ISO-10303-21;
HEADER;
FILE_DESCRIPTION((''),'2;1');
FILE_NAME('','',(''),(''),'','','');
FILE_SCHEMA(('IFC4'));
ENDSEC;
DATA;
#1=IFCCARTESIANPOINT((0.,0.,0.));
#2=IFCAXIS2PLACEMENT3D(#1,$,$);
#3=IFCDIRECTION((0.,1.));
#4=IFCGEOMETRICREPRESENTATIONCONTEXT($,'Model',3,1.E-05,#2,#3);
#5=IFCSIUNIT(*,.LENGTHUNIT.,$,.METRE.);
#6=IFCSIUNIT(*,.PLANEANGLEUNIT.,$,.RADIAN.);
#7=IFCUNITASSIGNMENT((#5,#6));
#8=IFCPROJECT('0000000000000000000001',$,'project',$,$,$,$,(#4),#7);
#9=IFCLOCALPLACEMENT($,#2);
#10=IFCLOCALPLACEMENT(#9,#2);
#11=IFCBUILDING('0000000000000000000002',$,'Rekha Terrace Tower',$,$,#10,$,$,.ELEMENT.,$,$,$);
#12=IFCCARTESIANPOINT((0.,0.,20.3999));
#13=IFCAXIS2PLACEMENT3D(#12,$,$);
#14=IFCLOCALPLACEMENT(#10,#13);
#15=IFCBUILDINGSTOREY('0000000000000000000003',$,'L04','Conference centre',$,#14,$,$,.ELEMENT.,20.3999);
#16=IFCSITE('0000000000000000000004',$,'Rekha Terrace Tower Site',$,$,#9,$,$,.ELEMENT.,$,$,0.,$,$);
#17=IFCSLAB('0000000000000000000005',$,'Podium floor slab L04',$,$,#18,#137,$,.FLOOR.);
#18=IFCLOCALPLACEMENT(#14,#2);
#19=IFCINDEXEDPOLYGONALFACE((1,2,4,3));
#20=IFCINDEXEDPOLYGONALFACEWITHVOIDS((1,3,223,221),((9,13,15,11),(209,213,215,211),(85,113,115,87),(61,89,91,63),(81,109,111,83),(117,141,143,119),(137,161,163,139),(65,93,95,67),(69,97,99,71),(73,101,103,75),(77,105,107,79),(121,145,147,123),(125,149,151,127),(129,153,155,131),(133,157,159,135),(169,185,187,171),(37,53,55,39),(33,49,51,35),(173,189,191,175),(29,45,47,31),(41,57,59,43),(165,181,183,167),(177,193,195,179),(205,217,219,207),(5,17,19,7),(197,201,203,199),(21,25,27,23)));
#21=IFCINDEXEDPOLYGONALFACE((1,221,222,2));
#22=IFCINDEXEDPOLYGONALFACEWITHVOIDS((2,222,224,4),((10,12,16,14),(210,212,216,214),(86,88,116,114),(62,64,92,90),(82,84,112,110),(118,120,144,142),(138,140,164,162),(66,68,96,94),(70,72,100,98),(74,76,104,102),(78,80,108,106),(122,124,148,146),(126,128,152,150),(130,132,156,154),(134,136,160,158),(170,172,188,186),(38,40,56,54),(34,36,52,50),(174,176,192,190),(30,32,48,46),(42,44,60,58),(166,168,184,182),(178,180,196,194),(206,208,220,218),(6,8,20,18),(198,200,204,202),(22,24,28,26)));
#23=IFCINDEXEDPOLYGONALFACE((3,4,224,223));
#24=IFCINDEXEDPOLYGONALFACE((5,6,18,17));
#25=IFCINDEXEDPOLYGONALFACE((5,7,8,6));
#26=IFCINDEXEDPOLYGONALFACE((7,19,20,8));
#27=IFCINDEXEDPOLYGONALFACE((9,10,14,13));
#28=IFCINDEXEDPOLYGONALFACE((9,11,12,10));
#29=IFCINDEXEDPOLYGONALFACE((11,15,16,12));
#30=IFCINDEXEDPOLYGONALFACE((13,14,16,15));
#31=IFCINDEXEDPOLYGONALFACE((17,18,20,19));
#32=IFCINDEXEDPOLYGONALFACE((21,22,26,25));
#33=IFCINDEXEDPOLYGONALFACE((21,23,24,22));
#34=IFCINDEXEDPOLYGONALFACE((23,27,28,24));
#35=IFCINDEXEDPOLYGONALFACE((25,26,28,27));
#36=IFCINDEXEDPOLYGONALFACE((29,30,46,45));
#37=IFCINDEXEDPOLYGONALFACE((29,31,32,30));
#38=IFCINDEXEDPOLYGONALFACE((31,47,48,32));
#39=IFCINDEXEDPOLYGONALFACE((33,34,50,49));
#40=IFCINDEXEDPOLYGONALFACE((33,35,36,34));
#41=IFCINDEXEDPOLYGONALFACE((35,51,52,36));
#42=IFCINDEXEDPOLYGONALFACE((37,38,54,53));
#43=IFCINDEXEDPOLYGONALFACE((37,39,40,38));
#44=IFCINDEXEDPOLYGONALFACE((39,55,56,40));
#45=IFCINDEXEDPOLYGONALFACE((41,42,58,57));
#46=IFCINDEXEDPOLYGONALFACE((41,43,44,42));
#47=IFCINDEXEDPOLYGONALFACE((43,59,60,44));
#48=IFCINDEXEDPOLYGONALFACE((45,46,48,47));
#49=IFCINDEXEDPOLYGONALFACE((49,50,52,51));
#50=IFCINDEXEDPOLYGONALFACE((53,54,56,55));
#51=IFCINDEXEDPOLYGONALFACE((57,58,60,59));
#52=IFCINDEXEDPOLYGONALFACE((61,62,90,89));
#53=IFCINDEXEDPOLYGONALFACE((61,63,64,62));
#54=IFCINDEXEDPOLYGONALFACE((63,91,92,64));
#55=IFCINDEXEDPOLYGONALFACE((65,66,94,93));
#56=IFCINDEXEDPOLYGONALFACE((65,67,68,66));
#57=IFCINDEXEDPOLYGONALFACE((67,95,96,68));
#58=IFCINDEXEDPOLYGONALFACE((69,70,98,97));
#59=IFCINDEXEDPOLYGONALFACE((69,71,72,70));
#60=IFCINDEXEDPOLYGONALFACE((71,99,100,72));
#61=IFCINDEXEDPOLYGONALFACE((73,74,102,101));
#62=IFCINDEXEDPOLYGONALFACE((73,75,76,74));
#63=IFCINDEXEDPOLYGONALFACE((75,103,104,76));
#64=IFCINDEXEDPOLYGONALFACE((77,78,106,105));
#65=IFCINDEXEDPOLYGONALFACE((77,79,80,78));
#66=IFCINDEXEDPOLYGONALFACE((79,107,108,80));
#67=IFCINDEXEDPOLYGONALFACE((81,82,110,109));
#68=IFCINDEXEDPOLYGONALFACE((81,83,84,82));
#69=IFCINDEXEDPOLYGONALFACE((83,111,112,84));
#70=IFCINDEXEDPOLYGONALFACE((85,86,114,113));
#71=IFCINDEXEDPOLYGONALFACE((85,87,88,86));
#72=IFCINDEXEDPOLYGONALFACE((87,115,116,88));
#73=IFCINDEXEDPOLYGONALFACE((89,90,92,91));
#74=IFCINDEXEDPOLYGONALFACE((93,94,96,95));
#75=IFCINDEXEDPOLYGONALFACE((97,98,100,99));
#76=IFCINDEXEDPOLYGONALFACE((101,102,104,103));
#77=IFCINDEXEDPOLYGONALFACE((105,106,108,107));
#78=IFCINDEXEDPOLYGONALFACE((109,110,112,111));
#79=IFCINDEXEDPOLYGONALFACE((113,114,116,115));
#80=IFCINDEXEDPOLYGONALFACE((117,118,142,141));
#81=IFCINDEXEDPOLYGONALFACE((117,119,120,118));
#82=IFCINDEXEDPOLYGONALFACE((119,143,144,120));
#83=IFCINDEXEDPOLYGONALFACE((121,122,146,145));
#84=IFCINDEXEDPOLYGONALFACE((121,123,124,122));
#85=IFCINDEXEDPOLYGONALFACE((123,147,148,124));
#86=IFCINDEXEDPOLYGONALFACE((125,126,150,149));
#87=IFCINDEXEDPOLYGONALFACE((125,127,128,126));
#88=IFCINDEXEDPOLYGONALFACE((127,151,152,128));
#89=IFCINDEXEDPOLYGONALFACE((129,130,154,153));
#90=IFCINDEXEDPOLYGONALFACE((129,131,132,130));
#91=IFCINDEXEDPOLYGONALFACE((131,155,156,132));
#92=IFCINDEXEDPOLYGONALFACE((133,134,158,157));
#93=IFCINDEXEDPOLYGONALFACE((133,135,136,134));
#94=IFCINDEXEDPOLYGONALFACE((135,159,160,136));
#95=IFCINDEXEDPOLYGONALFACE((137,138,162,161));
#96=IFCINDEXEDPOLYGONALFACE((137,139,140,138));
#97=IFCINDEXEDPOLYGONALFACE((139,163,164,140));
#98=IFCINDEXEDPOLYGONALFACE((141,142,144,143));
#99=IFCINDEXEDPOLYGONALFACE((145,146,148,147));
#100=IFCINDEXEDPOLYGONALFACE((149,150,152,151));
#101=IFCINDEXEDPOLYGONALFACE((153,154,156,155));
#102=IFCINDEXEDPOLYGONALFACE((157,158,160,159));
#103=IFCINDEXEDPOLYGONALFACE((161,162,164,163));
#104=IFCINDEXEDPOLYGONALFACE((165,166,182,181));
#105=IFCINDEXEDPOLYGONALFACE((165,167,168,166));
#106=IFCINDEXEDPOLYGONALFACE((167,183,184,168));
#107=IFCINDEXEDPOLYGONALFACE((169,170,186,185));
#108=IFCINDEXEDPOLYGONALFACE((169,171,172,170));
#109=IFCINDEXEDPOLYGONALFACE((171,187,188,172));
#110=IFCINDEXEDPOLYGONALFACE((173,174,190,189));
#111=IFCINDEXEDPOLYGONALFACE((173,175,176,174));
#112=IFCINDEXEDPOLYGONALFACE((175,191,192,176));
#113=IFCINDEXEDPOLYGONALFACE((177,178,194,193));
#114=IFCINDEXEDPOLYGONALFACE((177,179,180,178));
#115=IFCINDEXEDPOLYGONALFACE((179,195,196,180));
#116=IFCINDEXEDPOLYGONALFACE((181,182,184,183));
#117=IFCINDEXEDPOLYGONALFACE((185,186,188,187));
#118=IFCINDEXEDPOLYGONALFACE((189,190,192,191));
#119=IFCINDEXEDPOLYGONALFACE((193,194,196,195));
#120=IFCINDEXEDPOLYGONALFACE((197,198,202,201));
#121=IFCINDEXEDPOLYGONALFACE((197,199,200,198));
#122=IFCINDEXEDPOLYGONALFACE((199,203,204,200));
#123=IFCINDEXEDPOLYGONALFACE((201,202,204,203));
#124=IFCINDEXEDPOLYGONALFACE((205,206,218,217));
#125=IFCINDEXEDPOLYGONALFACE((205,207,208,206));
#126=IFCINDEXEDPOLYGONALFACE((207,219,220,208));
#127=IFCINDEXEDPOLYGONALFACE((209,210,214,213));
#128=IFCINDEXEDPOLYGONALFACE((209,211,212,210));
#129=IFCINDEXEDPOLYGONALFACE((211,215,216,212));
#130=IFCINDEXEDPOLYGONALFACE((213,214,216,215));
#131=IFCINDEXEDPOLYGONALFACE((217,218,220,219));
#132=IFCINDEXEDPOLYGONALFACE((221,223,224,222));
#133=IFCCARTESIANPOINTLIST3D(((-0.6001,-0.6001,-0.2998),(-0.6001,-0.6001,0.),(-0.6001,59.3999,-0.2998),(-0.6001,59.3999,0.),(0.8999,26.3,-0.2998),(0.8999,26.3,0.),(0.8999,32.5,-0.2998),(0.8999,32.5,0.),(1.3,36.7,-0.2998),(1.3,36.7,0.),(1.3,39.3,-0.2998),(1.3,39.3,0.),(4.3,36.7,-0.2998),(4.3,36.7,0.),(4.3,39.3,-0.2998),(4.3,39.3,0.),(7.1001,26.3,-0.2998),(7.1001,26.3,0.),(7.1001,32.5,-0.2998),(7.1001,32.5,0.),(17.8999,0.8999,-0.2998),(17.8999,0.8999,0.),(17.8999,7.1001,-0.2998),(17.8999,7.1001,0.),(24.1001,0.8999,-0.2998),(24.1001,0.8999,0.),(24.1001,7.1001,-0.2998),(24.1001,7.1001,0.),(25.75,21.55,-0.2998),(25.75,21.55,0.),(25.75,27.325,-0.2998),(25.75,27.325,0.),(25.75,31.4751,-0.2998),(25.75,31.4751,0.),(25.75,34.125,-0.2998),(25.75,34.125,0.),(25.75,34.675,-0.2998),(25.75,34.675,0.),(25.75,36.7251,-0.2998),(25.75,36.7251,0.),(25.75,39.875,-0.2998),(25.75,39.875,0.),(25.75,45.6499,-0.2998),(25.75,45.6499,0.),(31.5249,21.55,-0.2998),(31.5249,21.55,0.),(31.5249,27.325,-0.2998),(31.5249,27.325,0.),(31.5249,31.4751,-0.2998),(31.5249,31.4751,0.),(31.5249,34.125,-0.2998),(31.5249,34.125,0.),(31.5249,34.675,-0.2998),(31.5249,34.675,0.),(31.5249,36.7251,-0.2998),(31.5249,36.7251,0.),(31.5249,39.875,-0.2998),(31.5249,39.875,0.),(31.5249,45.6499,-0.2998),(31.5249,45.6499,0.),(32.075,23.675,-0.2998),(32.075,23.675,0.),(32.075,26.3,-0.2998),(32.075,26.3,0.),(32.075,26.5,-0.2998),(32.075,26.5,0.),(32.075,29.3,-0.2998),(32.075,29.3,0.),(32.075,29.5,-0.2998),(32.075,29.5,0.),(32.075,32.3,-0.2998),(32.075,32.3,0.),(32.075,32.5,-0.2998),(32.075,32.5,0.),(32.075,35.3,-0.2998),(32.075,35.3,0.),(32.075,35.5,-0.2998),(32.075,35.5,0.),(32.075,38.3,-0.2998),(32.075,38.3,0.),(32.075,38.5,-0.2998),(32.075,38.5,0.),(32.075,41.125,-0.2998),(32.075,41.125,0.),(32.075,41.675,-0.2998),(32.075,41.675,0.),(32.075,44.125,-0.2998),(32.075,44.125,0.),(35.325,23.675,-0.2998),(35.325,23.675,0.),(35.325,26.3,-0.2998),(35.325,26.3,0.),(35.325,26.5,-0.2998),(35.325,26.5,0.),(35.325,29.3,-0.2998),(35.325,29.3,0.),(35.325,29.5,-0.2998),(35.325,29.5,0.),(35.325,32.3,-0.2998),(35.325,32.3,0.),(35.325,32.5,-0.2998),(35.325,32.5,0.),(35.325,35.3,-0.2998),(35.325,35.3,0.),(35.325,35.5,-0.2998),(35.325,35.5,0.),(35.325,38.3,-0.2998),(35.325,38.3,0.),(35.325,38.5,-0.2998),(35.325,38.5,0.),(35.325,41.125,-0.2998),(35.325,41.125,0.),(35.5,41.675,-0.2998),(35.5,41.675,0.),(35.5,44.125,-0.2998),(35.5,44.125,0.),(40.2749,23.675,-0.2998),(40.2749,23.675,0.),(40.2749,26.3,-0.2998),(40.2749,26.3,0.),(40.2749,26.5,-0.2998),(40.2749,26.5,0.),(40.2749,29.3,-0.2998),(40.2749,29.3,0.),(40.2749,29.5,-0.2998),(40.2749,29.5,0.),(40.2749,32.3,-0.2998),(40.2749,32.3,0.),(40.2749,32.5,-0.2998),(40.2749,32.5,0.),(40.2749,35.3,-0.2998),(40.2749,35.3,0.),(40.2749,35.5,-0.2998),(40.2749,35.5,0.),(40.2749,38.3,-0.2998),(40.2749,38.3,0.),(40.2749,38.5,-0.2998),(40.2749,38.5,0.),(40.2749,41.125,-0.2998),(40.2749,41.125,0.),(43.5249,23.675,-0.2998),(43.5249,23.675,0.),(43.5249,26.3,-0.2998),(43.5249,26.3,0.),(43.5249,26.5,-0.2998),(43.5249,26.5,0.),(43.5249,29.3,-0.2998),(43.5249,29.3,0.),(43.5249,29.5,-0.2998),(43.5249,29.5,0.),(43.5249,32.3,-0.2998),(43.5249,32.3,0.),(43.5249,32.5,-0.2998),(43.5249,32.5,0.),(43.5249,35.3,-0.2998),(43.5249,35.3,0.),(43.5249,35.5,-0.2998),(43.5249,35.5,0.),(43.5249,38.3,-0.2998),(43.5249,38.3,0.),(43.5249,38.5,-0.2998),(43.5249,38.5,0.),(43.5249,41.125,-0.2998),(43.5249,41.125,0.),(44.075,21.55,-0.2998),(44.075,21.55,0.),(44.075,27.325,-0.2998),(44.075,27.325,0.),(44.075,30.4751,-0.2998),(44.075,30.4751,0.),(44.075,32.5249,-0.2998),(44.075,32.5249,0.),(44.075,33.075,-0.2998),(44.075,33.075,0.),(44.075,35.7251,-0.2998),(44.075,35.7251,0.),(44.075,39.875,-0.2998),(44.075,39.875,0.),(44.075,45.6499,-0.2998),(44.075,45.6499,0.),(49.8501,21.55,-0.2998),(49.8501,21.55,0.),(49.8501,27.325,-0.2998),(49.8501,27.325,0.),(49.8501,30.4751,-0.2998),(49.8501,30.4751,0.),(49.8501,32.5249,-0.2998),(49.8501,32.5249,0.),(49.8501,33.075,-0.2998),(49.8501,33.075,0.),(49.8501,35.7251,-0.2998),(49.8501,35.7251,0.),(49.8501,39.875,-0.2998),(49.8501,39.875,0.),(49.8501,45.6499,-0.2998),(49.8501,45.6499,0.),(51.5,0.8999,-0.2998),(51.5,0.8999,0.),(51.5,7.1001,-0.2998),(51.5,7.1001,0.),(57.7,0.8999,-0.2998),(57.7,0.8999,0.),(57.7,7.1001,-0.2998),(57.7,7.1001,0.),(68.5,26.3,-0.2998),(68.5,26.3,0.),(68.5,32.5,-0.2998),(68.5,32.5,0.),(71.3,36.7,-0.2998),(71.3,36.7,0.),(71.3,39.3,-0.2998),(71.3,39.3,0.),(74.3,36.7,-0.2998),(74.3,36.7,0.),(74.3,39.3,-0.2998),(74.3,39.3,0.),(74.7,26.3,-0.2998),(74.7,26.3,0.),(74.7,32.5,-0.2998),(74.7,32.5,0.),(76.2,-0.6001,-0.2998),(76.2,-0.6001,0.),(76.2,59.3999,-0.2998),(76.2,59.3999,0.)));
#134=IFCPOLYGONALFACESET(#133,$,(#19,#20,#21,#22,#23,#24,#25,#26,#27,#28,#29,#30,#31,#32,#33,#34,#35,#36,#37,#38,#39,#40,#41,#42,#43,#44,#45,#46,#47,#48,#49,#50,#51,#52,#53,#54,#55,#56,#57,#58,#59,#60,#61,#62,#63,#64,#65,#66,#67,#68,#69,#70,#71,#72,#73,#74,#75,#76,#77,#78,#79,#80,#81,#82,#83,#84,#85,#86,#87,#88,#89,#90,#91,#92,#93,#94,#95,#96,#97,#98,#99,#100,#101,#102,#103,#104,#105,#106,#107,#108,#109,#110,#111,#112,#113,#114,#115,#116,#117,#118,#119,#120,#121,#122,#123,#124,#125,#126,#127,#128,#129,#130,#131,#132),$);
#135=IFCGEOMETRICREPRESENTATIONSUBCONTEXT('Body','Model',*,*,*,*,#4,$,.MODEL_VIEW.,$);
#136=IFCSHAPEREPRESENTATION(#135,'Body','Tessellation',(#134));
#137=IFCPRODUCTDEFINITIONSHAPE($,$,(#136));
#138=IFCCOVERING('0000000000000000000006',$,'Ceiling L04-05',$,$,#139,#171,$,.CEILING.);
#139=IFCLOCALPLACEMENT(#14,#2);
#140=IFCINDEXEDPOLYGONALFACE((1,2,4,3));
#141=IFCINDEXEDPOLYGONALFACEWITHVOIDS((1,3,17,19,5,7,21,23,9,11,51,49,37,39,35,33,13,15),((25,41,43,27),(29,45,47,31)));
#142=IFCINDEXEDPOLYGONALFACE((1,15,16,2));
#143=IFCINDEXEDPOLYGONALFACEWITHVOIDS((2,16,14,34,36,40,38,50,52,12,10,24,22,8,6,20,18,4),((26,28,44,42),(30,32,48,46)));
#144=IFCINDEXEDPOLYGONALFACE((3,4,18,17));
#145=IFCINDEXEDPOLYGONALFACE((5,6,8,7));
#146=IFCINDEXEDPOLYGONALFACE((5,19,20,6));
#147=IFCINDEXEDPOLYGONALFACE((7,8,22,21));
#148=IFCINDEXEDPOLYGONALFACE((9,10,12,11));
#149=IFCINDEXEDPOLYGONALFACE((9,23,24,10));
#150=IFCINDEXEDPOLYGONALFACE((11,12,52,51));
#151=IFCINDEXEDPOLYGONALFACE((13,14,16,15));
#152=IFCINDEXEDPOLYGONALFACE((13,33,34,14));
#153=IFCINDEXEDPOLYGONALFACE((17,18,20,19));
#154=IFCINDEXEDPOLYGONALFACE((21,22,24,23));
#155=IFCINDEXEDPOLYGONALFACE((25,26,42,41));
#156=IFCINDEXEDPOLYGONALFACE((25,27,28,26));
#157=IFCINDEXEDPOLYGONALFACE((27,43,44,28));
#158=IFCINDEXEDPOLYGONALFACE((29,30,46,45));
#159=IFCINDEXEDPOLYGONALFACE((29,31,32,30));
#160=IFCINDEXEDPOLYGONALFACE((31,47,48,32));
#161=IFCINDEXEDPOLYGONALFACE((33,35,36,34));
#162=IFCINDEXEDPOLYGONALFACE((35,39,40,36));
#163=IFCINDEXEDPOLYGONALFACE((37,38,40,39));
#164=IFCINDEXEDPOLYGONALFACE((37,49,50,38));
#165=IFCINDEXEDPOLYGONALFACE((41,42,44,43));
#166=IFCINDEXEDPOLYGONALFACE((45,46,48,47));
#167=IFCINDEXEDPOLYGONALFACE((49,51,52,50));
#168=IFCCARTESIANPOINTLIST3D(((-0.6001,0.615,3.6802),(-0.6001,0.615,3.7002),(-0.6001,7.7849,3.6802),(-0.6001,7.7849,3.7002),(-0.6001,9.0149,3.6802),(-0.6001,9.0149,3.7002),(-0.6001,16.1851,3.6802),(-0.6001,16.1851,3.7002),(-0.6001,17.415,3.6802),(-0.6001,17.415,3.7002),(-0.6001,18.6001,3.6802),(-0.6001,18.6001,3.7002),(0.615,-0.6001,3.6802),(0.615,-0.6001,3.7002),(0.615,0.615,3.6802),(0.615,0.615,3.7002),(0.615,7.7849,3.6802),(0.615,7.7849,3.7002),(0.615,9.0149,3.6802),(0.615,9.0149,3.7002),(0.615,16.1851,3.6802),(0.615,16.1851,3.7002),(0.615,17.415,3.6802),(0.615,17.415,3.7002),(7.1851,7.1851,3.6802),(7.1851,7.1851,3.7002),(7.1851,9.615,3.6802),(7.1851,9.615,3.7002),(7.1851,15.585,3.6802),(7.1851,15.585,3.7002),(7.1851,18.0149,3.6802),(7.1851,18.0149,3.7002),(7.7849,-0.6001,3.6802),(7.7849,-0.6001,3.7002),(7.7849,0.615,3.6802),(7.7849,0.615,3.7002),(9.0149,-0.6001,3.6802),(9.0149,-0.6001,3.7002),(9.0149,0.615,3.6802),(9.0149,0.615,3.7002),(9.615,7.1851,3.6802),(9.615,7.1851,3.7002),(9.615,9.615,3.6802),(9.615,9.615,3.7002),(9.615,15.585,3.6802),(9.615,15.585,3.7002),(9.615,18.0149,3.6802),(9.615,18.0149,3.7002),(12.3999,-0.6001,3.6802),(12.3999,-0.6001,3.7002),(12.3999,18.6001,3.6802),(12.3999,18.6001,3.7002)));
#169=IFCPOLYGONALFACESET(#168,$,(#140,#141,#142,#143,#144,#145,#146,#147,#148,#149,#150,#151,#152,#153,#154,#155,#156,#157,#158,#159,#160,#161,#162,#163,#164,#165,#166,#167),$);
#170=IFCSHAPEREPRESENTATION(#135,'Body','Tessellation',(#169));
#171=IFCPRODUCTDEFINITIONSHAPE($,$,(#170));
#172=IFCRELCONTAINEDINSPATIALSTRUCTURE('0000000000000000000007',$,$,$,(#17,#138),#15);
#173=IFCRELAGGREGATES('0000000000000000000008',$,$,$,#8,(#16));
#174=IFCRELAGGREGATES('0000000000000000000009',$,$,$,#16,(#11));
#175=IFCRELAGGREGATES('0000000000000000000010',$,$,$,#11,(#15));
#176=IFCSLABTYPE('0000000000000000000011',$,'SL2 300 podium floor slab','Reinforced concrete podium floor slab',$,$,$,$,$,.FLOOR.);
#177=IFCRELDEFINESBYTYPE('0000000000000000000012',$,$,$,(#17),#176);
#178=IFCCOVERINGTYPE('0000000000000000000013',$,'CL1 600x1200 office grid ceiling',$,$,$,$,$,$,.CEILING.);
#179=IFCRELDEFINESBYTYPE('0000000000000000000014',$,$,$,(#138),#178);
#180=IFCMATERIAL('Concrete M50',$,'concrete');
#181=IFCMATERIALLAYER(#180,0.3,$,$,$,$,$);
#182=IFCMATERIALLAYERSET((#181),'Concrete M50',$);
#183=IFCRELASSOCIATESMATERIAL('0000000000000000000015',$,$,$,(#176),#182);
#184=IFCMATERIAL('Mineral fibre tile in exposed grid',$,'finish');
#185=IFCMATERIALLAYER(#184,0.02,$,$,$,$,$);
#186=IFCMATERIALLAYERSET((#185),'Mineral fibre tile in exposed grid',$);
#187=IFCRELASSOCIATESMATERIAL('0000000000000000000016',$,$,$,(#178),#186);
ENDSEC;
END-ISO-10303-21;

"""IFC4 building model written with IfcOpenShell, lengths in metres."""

from ifc_helpers import new_model, si_unit, direction, frame, origin, place, context, subcontext, project, spatial, polyline, outline, extrude, material, layer, layer_set, type_object, element, save


model = new_model("IFC4")

# Units and contexts
model_context = context("Model", 3, precision=1e-05, world=origin(), true_north=direction((0.0, 1.0)))
body_context = subcontext(model_context, "Body", "Model", "MODEL_VIEW")
ifc_project = project(units=[si_unit("LENGTHUNIT", "METRE"), si_unit("PLANEANGLEUNIT", "RADIAN")], contexts=[model_context])

# Site, building, storey
site_placement = place(None, origin())
site = spatial("IfcSite", under=ifc_project, at=site_placement, Name="Rekha Terrace Tower Site", CompositionType="ELEMENT", RefElevation=0.0)
building_placement = place(site_placement, origin())
building = spatial("IfcBuilding", under=site, at=building_placement, Name="Rekha Terrace Tower", CompositionType="ELEMENT")
storey_placement = place(building_placement, frame((0.0, 0.0, 20.3999)))
storey = spatial("IfcBuildingStorey", under=building, at=storey_placement, Name="L04", Description="Conference centre", CompositionType="ELEMENT", Elevation=20.3999)

# Slab
ifc_material_1 = material(Name="Concrete M50", Category="concrete")
ifc_layer_1 = layer(ifc_material_1, 0.3)
ifc_layer_set_1 = layer_set([ifc_layer_1], Name="Concrete M50")
slab_type_1 = type_object("IfcSlabType", Name="SL2 300 podium floor slab", Description="Reinforced concrete podium floor slab", PredefinedType="FLOOR", material=ifc_layer_set_1)
slab_1_placement = place(storey_placement, frame((0.0, 0.0, -0.2998)))
element("IfcSlab", 1, at=slab_1_placement, inside=storey, type_object=slab_type_1, Name="Podium floor slab L04", PredefinedType="FLOOR", context=body_context, shape_type="SweptSolid", body=[
    extrude(outline(polyline([(-0.6001, 59.3999), (-0.6001, -0.6001), (76.2, -0.6001), (76.2, 59.3999), (-0.6001, 59.3999)]), holes=[polyline([(24.1001, 7.1001), (24.1001, 0.8999), (17.8999, 0.8999), (17.8999, 7.1001), (24.1001, 7.1001)]), polyline([(31.5249, 21.55), (25.75, 21.55), (25.75, 27.325), (31.5249, 27.325), (31.5249, 21.55)]), polyline([(35.325, 23.675), (32.075, 23.675), (32.075, 26.3), (35.325, 26.3), (35.325, 23.675)]), polyline([(35.325, 29.3), (35.325, 26.5), (32.075, 26.5), (32.075, 29.3), (35.325, 29.3)]), polyline([(7.1001, 26.3), (0.8999, 26.3), (0.8999, 32.5), (7.1001, 32.5), (7.1001, 26.3)]), polyline([(35.325, 29.5), (32.075, 29.5), (32.075, 32.3), (35.325, 32.3), (35.325, 29.5)]), polyline([(31.5249, 34.125), (31.5249, 31.4751), (25.75, 31.4751), (25.75, 34.125), (31.5249, 34.125)]), polyline([(35.325, 32.5), (32.075, 32.5), (32.075, 35.3), (35.325, 35.3), (35.325, 32.5)]), polyline([(31.5249, 34.675), (25.75, 34.675), (25.75, 36.7251), (31.5249, 36.7251), (31.5249, 34.675)]), polyline([(35.325, 35.5), (32.075, 35.5), (32.075, 38.3), (35.325, 38.3), (35.325, 35.5)]), polyline([(4.3, 36.7), (1.3, 36.7), (1.3, 39.3), (4.3, 39.3), (4.3, 36.7)]), polyline([(35.325, 38.5), (32.075, 38.5), (32.075, 41.125), (35.325, 41.125), (35.325, 38.5)]), polyline([(31.5249, 39.875), (25.75, 39.875), (25.75, 45.6499), (31.5249, 45.6499), (31.5249, 39.875)]), polyline([(35.5, 44.125), (35.5, 41.675), (32.075, 41.675), (32.075, 44.125), (35.5, 44.125)]), polyline([(57.7, 0.8999), (51.5, 0.8999), (51.5, 7.1001), (57.7, 7.1001), (57.7, 0.8999)]), polyline([(49.8501, 21.55), (44.075, 21.55), (44.075, 27.325), (49.8501, 27.325), (49.8501, 21.55)]), polyline([(43.5249, 23.675), (40.2749, 23.675), (40.2749, 26.3), (43.5249, 26.3), (43.5249, 23.675)]), polyline([(43.5249, 26.5), (40.2749, 26.5), (40.2749, 29.3), (43.5249, 29.3), (43.5249, 26.5)]), polyline([(74.7, 26.3), (68.5, 26.3), (68.5, 32.5), (74.7, 32.5), (74.7, 26.3)]), polyline([(43.5249, 29.5), (40.2749, 29.5), (40.2749, 32.3), (43.5249, 32.3), (43.5249, 29.5)]), polyline([(49.8501, 32.5249), (49.8501, 30.4751), (44.075, 30.4751), (44.075, 32.5249), (49.8501, 32.5249)]), polyline([(43.5249, 32.5), (40.2749, 32.5), (40.2749, 35.3), (43.5249, 35.3), (43.5249, 32.5)]), polyline([(49.8501, 33.075), (44.075, 33.075), (44.075, 35.7251), (49.8501, 35.7251), (49.8501, 33.075)]), polyline([(43.5249, 35.5), (40.2749, 35.5), (40.2749, 38.3), (43.5249, 38.3), (43.5249, 35.5)]), polyline([(74.3, 36.7), (71.3, 36.7), (71.3, 39.3), (74.3, 39.3), (74.3, 36.7)]), polyline([(43.5249, 38.5), (40.2749, 38.5), (40.2749, 41.125), (43.5249, 41.125), (43.5249, 38.5)]), polyline([(49.8501, 39.875), (44.075, 39.875), (44.075, 45.6499), (49.8501, 45.6499), (49.8501, 39.875)])]), origin(), (0.0, 0.0, 1.0), 0.2998),
])

# Covering
ifc_material_2 = material(Name="Mineral fibre tile in exposed grid", Category="finish")
ifc_layer_2 = layer(ifc_material_2, 0.02)
ifc_layer_set_2 = layer_set([ifc_layer_2], Name="Mineral fibre tile in exposed grid")
covering_type_1 = type_object("IfcCoveringType", Name="CL1 600x1200 office grid ceiling", PredefinedType="CEILING", material=ifc_layer_set_2)
covering_1_placement = place(storey_placement, frame((0.0, 0.0, 3.6802)))
element("IfcCovering", 2, at=covering_1_placement, inside=storey, type_object=covering_type_1, Name="Ceiling L04-05", PredefinedType="CEILING", context=body_context, shape_type="SweptSolid", body=[
    extrude(outline(polyline([(12.3999, -0.6001), (12.3999, 18.6001), (-0.6001, 18.6001), (-0.6001, 17.415), (0.615, 17.415), (0.615, 16.1851), (-0.6001, 16.1851), (-0.6001, 9.0149), (0.615, 9.0149), (0.615, 7.7849), (-0.6001, 7.7849), (-0.6001, 0.615), (0.615, 0.615), (0.615, -0.6001), (7.7849, -0.6001), (7.7849, 0.615), (9.0149, 0.615), (9.0149, -0.6001), (12.3999, -0.6001)]), holes=[polyline([(9.615, 7.1851), (7.1851, 7.1851), (7.1851, 9.615), (9.615, 9.615), (9.615, 7.1851)]), polyline([(9.615, 15.585), (7.1851, 15.585), (7.1851, 18.0149), (9.615, 18.0149), (9.615, 15.585)])]), origin(), (0.0, 0.0, 1.0), 0.02),
])

save(model, "model.ifc")
